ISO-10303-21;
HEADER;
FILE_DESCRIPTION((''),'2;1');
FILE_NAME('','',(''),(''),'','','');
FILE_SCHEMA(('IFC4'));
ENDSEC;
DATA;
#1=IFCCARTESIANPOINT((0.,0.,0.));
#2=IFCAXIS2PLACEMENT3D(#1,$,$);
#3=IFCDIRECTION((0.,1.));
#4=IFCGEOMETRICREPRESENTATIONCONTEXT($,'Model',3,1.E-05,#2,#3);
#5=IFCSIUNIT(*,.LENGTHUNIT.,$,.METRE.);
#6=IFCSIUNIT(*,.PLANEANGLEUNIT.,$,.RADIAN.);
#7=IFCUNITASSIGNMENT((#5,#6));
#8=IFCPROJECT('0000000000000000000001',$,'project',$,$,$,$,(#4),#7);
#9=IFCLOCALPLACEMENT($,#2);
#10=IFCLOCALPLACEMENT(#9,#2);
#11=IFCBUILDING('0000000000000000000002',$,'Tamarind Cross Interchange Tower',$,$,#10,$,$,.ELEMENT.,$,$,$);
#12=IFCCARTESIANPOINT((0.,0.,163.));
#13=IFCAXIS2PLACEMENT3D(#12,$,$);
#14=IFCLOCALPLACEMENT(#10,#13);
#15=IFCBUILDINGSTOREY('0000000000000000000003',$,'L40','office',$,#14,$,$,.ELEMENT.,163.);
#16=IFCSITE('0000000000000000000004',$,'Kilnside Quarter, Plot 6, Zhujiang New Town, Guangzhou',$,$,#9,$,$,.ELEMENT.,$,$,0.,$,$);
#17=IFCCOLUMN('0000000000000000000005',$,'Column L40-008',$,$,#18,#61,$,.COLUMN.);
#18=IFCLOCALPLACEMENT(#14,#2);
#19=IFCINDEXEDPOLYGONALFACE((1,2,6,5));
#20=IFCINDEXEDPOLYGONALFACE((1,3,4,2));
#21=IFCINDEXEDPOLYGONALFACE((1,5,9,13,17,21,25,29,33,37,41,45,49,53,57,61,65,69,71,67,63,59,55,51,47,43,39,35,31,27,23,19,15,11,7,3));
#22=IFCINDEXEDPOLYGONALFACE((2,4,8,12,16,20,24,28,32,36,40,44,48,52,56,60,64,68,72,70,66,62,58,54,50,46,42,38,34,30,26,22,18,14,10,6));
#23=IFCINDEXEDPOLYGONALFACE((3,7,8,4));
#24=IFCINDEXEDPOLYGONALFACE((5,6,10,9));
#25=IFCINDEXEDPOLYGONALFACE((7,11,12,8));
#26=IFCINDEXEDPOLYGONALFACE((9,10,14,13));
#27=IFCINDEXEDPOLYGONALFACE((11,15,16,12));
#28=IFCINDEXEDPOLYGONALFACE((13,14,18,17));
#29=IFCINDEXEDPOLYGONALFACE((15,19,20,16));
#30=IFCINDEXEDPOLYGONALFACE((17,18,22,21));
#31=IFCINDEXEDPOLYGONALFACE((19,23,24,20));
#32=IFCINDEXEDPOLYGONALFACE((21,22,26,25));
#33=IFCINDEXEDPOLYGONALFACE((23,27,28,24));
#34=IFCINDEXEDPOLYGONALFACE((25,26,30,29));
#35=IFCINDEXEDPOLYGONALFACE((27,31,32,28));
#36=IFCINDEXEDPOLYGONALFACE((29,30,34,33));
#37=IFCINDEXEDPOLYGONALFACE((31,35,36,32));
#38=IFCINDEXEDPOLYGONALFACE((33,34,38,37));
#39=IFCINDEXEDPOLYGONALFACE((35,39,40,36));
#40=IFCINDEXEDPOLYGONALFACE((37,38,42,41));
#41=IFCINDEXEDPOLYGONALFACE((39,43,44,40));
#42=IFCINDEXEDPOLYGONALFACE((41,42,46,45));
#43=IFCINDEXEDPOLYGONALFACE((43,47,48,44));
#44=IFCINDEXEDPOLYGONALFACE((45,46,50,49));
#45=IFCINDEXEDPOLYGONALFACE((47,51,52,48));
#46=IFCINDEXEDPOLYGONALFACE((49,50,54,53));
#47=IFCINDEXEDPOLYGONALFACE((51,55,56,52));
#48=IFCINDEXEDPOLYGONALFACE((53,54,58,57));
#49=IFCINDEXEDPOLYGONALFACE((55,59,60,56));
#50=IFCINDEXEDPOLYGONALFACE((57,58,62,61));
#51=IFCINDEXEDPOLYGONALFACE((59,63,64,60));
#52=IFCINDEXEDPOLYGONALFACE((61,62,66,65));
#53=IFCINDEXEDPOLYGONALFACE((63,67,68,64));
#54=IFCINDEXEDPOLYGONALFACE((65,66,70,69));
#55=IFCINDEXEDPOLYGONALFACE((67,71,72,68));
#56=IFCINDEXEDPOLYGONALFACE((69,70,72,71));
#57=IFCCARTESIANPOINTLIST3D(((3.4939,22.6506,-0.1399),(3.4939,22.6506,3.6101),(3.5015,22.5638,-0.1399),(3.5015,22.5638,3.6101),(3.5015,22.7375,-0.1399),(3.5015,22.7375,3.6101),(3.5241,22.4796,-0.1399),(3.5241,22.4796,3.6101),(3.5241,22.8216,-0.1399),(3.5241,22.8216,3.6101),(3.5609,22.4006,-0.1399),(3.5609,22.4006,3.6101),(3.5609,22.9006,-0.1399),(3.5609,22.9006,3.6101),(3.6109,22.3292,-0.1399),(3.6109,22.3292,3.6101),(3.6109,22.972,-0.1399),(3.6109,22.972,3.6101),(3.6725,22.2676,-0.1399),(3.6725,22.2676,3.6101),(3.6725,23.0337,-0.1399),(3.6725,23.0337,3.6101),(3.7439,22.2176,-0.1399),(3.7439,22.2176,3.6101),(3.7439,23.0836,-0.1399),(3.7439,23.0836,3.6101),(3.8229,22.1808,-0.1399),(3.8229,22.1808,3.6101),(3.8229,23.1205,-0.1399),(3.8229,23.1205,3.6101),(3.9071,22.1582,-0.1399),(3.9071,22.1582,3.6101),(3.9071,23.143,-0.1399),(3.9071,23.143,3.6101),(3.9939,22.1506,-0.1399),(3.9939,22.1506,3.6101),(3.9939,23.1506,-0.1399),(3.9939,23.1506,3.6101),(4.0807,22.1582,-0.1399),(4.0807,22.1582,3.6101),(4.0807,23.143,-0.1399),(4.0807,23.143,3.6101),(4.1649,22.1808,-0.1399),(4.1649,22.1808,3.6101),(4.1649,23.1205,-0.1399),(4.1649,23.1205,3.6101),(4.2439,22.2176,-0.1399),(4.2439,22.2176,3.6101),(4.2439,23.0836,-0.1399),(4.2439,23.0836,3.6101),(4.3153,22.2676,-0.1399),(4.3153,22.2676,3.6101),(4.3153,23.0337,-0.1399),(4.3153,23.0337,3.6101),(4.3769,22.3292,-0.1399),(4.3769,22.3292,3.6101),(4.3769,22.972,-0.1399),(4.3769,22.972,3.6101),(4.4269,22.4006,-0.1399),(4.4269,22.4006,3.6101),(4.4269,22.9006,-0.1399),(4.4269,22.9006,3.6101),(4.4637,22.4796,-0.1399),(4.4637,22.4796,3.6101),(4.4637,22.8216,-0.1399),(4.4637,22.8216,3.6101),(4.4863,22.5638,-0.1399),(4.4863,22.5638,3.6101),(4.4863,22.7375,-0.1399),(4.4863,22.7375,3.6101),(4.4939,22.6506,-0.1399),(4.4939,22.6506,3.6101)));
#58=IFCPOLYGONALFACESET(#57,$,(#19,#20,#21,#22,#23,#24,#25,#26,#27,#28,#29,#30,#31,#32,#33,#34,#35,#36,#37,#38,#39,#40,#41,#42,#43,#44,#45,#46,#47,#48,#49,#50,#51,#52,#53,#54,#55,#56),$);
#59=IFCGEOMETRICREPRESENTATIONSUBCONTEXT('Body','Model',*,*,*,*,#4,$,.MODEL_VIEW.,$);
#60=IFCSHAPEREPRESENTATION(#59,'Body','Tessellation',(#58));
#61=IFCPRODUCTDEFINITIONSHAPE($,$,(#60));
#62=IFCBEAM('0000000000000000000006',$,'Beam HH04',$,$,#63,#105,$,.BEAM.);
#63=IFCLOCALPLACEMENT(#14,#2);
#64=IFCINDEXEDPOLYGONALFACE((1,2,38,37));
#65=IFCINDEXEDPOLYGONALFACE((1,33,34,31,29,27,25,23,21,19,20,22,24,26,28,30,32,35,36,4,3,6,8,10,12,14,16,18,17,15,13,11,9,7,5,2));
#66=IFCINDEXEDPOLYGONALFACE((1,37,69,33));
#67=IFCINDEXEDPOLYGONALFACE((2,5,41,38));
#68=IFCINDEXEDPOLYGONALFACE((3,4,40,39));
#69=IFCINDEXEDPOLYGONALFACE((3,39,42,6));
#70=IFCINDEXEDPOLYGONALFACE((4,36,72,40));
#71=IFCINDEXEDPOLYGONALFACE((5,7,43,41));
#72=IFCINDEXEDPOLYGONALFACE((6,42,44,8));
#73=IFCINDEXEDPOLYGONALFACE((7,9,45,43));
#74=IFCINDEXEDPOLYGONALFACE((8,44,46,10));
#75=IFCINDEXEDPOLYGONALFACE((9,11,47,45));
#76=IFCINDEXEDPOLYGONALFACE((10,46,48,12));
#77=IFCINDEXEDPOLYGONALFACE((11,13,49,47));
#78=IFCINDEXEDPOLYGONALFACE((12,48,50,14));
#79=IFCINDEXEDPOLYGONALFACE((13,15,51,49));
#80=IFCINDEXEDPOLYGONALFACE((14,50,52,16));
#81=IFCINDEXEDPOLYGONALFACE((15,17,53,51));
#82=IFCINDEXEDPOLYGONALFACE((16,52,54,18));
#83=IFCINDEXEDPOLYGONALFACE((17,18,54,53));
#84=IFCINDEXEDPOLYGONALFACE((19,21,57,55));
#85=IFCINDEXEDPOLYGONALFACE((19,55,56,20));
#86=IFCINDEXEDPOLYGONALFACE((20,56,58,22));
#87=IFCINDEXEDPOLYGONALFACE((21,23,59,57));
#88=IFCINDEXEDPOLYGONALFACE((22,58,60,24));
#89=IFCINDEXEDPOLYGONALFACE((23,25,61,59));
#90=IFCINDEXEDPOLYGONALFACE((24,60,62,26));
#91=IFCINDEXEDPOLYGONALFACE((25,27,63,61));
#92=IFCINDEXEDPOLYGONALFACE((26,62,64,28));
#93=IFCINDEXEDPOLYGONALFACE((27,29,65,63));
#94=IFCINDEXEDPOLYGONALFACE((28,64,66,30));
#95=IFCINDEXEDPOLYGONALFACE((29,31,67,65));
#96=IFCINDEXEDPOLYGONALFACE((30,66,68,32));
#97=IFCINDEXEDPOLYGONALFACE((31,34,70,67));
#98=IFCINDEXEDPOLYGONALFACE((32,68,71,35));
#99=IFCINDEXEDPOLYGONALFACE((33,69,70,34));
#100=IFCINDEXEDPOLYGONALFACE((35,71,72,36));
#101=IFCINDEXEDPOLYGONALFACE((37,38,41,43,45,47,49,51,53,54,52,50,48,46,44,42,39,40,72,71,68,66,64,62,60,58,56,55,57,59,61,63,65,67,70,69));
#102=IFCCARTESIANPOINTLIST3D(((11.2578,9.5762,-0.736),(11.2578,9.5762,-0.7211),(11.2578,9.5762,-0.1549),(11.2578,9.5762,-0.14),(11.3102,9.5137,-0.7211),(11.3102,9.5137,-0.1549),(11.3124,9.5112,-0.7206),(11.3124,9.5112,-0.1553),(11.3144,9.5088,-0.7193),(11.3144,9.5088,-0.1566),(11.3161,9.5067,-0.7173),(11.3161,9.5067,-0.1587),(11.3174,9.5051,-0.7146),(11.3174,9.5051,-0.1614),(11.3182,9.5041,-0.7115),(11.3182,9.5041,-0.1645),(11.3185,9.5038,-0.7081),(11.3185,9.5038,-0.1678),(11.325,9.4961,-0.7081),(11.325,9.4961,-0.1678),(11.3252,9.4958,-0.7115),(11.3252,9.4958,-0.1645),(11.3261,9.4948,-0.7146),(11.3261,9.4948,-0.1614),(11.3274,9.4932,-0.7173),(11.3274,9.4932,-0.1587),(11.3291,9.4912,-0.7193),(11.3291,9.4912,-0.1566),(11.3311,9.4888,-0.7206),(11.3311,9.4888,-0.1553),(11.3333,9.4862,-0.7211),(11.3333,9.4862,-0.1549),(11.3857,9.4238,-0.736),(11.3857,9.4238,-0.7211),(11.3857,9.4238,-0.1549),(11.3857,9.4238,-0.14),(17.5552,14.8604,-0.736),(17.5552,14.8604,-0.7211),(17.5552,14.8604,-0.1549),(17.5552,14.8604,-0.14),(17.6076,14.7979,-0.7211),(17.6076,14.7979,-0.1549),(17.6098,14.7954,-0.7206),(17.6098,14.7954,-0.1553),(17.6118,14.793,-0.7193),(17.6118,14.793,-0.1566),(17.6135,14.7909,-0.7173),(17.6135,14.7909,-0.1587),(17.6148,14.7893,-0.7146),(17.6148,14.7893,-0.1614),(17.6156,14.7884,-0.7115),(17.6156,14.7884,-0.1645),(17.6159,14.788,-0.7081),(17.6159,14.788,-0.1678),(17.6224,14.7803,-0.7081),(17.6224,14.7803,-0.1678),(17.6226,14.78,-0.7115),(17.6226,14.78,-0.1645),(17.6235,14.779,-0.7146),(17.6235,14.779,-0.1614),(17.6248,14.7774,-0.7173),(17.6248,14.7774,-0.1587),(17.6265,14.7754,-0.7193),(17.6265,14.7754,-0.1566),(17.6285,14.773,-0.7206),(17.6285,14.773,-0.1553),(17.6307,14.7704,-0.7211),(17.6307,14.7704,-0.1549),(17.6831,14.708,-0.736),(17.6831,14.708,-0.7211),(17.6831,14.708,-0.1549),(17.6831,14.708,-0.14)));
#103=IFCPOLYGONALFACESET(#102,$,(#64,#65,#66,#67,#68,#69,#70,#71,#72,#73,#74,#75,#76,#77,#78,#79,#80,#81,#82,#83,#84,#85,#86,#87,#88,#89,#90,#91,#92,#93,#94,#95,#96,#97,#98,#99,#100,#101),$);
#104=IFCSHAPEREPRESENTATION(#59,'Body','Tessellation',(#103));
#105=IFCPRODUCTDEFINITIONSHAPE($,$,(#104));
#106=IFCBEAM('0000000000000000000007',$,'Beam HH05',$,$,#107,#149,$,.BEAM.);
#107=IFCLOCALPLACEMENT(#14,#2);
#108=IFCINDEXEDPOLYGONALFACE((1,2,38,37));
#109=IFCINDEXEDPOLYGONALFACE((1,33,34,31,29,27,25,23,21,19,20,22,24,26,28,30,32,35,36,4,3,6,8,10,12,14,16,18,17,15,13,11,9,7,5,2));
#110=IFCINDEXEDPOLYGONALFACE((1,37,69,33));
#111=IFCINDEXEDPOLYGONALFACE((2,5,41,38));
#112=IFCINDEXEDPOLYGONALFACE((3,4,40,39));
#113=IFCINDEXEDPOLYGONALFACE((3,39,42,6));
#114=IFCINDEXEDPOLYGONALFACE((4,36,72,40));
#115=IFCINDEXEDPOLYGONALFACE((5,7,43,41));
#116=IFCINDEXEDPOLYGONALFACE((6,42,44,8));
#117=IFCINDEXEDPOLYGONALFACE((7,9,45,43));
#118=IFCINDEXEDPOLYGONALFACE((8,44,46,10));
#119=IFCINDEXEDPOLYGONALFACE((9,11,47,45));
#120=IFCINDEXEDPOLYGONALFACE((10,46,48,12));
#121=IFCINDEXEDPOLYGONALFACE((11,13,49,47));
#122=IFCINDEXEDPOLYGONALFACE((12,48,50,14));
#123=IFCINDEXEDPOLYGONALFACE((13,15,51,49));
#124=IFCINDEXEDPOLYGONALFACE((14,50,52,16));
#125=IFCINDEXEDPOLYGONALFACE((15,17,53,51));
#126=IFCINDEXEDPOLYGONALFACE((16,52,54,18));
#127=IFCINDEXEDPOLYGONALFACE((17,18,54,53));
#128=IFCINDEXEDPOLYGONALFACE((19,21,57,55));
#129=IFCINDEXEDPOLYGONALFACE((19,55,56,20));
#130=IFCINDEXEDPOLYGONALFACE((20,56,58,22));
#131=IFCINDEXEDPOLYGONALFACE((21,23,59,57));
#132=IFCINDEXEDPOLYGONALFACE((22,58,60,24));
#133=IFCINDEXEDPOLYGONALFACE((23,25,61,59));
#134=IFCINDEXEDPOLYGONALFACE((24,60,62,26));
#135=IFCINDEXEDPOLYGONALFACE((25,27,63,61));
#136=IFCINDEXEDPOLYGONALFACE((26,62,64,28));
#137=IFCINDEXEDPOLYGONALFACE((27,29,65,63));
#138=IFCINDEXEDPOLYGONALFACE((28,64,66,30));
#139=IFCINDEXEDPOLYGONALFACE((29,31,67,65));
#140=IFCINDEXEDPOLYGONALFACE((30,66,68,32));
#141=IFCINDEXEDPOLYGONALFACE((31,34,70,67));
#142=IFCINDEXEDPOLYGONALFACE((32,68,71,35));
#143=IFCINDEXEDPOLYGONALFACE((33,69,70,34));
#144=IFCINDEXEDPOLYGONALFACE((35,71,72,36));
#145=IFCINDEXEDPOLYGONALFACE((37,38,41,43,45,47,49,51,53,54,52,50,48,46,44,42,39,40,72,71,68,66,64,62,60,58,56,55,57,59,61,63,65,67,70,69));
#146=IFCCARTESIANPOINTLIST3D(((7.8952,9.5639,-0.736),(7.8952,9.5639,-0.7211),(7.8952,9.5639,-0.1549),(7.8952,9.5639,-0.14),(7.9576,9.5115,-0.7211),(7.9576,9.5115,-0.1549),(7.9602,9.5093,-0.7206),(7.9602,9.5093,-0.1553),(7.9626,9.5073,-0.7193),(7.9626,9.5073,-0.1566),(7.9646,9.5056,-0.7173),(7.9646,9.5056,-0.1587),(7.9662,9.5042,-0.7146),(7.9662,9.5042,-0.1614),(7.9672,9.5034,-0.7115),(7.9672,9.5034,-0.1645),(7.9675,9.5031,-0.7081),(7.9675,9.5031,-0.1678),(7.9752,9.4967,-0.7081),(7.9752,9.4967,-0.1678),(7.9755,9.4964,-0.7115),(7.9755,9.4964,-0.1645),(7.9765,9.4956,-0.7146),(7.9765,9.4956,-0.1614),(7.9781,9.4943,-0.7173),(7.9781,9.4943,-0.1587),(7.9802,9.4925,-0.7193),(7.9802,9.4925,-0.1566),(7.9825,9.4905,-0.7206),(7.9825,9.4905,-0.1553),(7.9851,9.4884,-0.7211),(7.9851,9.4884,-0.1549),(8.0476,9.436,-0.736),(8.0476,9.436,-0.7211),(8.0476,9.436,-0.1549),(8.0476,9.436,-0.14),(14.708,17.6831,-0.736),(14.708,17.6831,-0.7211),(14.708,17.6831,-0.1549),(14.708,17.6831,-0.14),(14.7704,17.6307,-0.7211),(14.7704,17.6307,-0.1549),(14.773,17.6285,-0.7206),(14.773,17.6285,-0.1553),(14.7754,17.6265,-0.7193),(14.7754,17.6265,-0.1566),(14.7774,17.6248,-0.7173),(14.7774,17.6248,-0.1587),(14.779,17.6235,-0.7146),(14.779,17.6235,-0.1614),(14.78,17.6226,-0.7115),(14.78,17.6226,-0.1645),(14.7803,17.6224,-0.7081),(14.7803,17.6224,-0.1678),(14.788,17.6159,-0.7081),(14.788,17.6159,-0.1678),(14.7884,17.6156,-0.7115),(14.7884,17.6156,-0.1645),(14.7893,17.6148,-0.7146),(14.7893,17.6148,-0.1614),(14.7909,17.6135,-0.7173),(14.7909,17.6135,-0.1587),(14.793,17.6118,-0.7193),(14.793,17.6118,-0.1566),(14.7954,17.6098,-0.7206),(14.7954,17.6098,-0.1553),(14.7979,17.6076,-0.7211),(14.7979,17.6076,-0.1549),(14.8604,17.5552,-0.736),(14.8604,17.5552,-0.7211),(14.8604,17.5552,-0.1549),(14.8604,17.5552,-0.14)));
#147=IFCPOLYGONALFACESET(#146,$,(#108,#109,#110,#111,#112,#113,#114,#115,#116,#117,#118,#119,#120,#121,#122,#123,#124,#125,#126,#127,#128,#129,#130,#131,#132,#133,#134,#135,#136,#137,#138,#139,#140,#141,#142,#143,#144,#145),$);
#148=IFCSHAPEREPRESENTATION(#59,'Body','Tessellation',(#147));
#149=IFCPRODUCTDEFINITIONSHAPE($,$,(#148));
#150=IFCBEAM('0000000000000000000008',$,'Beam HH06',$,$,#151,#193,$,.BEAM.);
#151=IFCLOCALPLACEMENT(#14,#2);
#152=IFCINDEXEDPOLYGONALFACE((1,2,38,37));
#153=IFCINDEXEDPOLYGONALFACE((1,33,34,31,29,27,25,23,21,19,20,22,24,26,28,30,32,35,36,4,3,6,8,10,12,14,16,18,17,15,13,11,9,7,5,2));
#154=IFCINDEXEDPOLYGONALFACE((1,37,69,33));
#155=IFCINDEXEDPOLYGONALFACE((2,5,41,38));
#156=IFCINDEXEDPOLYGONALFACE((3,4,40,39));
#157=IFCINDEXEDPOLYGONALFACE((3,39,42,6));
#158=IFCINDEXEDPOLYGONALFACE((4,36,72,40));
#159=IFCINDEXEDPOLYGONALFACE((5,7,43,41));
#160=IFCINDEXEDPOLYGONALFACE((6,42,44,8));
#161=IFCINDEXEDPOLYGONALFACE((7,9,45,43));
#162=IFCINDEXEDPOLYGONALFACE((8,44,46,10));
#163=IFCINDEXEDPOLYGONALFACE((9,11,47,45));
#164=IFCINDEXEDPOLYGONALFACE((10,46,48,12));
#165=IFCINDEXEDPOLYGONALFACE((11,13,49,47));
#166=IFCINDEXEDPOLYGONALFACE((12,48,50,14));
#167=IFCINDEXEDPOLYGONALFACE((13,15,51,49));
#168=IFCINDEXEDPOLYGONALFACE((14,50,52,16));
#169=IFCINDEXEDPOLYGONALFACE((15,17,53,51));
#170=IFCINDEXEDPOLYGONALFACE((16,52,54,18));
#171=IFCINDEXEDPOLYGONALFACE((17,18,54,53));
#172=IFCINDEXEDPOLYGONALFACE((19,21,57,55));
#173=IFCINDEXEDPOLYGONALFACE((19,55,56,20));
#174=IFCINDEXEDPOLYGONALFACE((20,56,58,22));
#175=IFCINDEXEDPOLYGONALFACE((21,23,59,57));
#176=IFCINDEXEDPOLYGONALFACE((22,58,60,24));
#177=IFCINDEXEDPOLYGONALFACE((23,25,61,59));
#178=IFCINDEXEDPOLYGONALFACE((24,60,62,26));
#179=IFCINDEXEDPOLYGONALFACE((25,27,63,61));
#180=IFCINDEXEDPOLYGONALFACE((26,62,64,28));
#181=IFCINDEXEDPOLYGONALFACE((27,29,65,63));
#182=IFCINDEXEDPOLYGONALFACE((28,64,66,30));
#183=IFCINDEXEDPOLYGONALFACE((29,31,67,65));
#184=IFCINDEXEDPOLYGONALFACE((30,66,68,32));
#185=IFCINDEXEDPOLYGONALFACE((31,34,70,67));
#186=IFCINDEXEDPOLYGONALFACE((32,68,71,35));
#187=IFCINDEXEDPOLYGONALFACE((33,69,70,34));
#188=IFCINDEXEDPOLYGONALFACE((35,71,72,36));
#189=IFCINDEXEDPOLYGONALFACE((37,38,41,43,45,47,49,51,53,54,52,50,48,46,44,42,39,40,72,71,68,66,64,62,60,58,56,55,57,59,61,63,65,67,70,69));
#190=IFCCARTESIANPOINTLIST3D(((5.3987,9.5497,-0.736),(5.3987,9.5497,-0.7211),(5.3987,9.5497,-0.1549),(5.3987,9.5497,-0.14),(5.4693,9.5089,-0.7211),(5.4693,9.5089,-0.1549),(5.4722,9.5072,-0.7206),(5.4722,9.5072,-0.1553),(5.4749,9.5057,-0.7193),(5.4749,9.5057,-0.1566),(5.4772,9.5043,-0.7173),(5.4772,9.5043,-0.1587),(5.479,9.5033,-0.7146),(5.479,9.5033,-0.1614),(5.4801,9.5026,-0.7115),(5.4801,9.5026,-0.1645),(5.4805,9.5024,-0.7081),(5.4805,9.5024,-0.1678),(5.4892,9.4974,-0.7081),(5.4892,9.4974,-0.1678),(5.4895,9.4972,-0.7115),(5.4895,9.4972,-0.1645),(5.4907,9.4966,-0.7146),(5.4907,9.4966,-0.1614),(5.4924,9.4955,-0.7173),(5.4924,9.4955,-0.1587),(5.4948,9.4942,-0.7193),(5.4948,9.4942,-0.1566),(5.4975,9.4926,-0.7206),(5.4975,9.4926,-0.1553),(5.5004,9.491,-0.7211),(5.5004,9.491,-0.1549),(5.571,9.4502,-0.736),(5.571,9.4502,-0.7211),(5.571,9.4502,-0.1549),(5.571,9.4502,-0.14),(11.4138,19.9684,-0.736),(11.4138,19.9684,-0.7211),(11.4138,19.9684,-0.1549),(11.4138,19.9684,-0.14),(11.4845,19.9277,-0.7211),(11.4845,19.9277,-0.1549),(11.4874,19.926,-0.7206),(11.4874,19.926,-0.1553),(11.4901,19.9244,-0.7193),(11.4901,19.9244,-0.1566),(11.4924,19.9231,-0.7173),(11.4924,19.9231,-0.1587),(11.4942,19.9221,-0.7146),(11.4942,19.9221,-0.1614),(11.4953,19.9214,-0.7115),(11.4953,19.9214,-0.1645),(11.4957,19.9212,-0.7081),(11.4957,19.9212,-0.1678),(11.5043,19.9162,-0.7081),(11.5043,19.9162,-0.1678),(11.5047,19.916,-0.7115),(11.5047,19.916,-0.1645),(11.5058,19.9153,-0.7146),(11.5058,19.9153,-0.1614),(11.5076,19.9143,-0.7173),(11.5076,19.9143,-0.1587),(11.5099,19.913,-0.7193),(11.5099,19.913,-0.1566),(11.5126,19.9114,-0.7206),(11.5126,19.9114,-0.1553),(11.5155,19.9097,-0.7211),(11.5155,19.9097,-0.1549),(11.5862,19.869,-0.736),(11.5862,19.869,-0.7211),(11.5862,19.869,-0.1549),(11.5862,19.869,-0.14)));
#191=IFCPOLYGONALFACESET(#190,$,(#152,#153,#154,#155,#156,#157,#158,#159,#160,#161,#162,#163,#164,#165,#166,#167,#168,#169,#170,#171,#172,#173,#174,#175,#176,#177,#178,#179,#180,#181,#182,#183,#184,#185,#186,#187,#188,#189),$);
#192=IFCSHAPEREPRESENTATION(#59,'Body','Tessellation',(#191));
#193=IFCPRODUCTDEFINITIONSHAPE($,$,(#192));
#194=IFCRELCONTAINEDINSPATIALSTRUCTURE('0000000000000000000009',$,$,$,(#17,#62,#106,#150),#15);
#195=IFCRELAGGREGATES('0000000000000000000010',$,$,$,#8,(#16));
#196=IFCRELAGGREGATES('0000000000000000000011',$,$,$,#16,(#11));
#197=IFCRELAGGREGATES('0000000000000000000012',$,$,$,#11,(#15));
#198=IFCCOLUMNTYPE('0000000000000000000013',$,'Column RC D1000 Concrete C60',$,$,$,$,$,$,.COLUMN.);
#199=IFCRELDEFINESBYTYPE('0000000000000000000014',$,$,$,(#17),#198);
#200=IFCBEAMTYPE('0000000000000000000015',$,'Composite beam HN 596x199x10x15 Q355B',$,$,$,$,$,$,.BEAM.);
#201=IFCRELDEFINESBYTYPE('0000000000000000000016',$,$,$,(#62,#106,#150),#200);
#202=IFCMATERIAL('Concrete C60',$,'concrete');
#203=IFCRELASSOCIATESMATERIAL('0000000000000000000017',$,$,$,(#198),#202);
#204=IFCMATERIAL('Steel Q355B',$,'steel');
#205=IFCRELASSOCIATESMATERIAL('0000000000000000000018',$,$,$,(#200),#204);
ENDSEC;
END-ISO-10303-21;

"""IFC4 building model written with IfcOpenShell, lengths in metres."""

from ifc_helpers import new_model, si_unit, direction, frame, origin, origin_2d, place, context, subcontext, project, spatial, circle, i_section, extrude, material, material_profile, profile_set, type_object, element, save


model = new_model("IFC4")

# Units and contexts
model_context = context("Model", 3, precision=1e-05, world=origin(), true_north=direction((0.0, 1.0)))
body_context = subcontext(model_context, "Body", "Model", "MODEL_VIEW")
ifc_project = project(units=[si_unit("LENGTHUNIT", "METRE"), si_unit("PLANEANGLEUNIT", "RADIAN")], contexts=[model_context])

# Site, building, storey
site_placement = place(None, origin())
site = spatial("IfcSite", under=ifc_project, at=site_placement, Name="Kilnside Quarter, Plot 6, Zhujiang New Town, Guangzhou", CompositionType="ELEMENT", RefElevation=0.0)
building_placement = place(site_placement, origin())
building = spatial("IfcBuilding", under=site, at=building_placement, Name="Tamarind Cross Interchange Tower", CompositionType="ELEMENT")
storey_placement = place(building_placement, frame((0.0, 0.0, 163.0)))
storey = spatial("IfcBuildingStorey", under=building, at=storey_placement, Name="L40", Description="office", CompositionType="ELEMENT", Elevation=163.0)

# Column
ifc_material_1 = material(Name="Concrete C60", Category="concrete")
ifc_material_profile_1 = material_profile(ifc_material_1, circle(Radius=0.5, at=origin_2d()), Name="RC D1000")
ifc_profile_set_1 = profile_set([ifc_material_profile_1], Name="Concrete C60")
column_type = type_object("IfcColumnType", Name="Column RC D1000 Concrete C60", PredefinedType="COLUMN", material=ifc_profile_set_1)
for number, where, z_axis, x_axis, name in (
    (1, (3.9939, 22.6506, -0.1399), (0.0, 0.0, 1.0), (1.0, 0.0, 0.0), "Column L40-008"),
):
    element("IfcColumn", number, at=place(storey_placement, frame(where, z_axis=z_axis, x_axis=x_axis)), inside=storey, type_object=column_type, Name=name, PredefinedType="COLUMN", context=body_context, shape_type="SweptSolid", body=[
        extrude(circle(Radius=0.5, at=origin_2d()), origin(), (0.0, 0.0, 1.0), 3.75),
    ])

# Beams
ifc_material_2 = material(Name="Steel Q355B", Category="steel")
ifc_material_profile_2 = material_profile(ifc_material_2, i_section(OverallWidth=0.199, OverallDepth=0.5959, WebThickness=0.01, FlangeThickness=0.0149, FilletRadius=0.0129, at=origin_2d()), Name="HN 596x199x10x15")
ifc_profile_set_2 = profile_set([ifc_material_profile_2], Name="Steel Q355B")
beam_type = type_object("IfcBeamType", Name="Composite beam HN 596x199x10x15 Q355B", PredefinedType="BEAM", material=ifc_profile_set_2)
beam_1_placement = place(storey_placement, frame((17.6191, 14.7842, -0.438), z_axis=(-0.766041, -0.642792, 0.0), x_axis=(0.642792, -0.766041, 0.0)))
element("IfcBeam", 2, at=beam_1_placement, inside=storey, type_object=beam_type, Name="Beam HH04", PredefinedType="BEAM", context=body_context, shape_type="SweptSolid", body=[
    extrude(i_section(OverallWidth=0.199, OverallDepth=0.5959, WebThickness=0.01, FlangeThickness=0.0149, FilletRadius=0.0129, at=origin_2d()), origin(), (0.0, 0.0, 1.0), 8.2207),
])
beam_2_placement = place(storey_placement, frame((14.7842, 17.6191, -0.438), z_axis=(-0.642786, -0.766046, 0.0), x_axis=(0.766046, -0.642786, 0.0)))
element("IfcBeam", 3, at=beam_2_placement, inside=storey, type_object=beam_type, Name="Beam HH05", PredefinedType="BEAM", context=body_context, shape_type="SweptSolid", body=[
    extrude(i_section(OverallWidth=0.199, OverallDepth=0.5959, WebThickness=0.01, FlangeThickness=0.0149, FilletRadius=0.0129, at=origin_2d()), origin(), (0.0, 0.0, 1.0), 10.5989),
])
beam_3_placement = place(storey_placement, frame((11.5, 19.9187, -0.438), z_axis=(-0.499994, -0.866029, 0.0), x_axis=(0.866029, -0.499994, 0.0)))
element("IfcBeam", 4, at=beam_3_placement, inside=storey, type_object=beam_type, Name="Beam HH06", PredefinedType="BEAM", context=body_context, shape_type="SweptSolid", body=[
    extrude(i_section(OverallWidth=0.199, OverallDepth=0.5959, WebThickness=0.01, FlangeThickness=0.0149, FilletRadius=0.0129, at=origin_2d()), origin(), (0.0, 0.0, 1.0), 12.0305),
])

save(model, "model.ifc")
